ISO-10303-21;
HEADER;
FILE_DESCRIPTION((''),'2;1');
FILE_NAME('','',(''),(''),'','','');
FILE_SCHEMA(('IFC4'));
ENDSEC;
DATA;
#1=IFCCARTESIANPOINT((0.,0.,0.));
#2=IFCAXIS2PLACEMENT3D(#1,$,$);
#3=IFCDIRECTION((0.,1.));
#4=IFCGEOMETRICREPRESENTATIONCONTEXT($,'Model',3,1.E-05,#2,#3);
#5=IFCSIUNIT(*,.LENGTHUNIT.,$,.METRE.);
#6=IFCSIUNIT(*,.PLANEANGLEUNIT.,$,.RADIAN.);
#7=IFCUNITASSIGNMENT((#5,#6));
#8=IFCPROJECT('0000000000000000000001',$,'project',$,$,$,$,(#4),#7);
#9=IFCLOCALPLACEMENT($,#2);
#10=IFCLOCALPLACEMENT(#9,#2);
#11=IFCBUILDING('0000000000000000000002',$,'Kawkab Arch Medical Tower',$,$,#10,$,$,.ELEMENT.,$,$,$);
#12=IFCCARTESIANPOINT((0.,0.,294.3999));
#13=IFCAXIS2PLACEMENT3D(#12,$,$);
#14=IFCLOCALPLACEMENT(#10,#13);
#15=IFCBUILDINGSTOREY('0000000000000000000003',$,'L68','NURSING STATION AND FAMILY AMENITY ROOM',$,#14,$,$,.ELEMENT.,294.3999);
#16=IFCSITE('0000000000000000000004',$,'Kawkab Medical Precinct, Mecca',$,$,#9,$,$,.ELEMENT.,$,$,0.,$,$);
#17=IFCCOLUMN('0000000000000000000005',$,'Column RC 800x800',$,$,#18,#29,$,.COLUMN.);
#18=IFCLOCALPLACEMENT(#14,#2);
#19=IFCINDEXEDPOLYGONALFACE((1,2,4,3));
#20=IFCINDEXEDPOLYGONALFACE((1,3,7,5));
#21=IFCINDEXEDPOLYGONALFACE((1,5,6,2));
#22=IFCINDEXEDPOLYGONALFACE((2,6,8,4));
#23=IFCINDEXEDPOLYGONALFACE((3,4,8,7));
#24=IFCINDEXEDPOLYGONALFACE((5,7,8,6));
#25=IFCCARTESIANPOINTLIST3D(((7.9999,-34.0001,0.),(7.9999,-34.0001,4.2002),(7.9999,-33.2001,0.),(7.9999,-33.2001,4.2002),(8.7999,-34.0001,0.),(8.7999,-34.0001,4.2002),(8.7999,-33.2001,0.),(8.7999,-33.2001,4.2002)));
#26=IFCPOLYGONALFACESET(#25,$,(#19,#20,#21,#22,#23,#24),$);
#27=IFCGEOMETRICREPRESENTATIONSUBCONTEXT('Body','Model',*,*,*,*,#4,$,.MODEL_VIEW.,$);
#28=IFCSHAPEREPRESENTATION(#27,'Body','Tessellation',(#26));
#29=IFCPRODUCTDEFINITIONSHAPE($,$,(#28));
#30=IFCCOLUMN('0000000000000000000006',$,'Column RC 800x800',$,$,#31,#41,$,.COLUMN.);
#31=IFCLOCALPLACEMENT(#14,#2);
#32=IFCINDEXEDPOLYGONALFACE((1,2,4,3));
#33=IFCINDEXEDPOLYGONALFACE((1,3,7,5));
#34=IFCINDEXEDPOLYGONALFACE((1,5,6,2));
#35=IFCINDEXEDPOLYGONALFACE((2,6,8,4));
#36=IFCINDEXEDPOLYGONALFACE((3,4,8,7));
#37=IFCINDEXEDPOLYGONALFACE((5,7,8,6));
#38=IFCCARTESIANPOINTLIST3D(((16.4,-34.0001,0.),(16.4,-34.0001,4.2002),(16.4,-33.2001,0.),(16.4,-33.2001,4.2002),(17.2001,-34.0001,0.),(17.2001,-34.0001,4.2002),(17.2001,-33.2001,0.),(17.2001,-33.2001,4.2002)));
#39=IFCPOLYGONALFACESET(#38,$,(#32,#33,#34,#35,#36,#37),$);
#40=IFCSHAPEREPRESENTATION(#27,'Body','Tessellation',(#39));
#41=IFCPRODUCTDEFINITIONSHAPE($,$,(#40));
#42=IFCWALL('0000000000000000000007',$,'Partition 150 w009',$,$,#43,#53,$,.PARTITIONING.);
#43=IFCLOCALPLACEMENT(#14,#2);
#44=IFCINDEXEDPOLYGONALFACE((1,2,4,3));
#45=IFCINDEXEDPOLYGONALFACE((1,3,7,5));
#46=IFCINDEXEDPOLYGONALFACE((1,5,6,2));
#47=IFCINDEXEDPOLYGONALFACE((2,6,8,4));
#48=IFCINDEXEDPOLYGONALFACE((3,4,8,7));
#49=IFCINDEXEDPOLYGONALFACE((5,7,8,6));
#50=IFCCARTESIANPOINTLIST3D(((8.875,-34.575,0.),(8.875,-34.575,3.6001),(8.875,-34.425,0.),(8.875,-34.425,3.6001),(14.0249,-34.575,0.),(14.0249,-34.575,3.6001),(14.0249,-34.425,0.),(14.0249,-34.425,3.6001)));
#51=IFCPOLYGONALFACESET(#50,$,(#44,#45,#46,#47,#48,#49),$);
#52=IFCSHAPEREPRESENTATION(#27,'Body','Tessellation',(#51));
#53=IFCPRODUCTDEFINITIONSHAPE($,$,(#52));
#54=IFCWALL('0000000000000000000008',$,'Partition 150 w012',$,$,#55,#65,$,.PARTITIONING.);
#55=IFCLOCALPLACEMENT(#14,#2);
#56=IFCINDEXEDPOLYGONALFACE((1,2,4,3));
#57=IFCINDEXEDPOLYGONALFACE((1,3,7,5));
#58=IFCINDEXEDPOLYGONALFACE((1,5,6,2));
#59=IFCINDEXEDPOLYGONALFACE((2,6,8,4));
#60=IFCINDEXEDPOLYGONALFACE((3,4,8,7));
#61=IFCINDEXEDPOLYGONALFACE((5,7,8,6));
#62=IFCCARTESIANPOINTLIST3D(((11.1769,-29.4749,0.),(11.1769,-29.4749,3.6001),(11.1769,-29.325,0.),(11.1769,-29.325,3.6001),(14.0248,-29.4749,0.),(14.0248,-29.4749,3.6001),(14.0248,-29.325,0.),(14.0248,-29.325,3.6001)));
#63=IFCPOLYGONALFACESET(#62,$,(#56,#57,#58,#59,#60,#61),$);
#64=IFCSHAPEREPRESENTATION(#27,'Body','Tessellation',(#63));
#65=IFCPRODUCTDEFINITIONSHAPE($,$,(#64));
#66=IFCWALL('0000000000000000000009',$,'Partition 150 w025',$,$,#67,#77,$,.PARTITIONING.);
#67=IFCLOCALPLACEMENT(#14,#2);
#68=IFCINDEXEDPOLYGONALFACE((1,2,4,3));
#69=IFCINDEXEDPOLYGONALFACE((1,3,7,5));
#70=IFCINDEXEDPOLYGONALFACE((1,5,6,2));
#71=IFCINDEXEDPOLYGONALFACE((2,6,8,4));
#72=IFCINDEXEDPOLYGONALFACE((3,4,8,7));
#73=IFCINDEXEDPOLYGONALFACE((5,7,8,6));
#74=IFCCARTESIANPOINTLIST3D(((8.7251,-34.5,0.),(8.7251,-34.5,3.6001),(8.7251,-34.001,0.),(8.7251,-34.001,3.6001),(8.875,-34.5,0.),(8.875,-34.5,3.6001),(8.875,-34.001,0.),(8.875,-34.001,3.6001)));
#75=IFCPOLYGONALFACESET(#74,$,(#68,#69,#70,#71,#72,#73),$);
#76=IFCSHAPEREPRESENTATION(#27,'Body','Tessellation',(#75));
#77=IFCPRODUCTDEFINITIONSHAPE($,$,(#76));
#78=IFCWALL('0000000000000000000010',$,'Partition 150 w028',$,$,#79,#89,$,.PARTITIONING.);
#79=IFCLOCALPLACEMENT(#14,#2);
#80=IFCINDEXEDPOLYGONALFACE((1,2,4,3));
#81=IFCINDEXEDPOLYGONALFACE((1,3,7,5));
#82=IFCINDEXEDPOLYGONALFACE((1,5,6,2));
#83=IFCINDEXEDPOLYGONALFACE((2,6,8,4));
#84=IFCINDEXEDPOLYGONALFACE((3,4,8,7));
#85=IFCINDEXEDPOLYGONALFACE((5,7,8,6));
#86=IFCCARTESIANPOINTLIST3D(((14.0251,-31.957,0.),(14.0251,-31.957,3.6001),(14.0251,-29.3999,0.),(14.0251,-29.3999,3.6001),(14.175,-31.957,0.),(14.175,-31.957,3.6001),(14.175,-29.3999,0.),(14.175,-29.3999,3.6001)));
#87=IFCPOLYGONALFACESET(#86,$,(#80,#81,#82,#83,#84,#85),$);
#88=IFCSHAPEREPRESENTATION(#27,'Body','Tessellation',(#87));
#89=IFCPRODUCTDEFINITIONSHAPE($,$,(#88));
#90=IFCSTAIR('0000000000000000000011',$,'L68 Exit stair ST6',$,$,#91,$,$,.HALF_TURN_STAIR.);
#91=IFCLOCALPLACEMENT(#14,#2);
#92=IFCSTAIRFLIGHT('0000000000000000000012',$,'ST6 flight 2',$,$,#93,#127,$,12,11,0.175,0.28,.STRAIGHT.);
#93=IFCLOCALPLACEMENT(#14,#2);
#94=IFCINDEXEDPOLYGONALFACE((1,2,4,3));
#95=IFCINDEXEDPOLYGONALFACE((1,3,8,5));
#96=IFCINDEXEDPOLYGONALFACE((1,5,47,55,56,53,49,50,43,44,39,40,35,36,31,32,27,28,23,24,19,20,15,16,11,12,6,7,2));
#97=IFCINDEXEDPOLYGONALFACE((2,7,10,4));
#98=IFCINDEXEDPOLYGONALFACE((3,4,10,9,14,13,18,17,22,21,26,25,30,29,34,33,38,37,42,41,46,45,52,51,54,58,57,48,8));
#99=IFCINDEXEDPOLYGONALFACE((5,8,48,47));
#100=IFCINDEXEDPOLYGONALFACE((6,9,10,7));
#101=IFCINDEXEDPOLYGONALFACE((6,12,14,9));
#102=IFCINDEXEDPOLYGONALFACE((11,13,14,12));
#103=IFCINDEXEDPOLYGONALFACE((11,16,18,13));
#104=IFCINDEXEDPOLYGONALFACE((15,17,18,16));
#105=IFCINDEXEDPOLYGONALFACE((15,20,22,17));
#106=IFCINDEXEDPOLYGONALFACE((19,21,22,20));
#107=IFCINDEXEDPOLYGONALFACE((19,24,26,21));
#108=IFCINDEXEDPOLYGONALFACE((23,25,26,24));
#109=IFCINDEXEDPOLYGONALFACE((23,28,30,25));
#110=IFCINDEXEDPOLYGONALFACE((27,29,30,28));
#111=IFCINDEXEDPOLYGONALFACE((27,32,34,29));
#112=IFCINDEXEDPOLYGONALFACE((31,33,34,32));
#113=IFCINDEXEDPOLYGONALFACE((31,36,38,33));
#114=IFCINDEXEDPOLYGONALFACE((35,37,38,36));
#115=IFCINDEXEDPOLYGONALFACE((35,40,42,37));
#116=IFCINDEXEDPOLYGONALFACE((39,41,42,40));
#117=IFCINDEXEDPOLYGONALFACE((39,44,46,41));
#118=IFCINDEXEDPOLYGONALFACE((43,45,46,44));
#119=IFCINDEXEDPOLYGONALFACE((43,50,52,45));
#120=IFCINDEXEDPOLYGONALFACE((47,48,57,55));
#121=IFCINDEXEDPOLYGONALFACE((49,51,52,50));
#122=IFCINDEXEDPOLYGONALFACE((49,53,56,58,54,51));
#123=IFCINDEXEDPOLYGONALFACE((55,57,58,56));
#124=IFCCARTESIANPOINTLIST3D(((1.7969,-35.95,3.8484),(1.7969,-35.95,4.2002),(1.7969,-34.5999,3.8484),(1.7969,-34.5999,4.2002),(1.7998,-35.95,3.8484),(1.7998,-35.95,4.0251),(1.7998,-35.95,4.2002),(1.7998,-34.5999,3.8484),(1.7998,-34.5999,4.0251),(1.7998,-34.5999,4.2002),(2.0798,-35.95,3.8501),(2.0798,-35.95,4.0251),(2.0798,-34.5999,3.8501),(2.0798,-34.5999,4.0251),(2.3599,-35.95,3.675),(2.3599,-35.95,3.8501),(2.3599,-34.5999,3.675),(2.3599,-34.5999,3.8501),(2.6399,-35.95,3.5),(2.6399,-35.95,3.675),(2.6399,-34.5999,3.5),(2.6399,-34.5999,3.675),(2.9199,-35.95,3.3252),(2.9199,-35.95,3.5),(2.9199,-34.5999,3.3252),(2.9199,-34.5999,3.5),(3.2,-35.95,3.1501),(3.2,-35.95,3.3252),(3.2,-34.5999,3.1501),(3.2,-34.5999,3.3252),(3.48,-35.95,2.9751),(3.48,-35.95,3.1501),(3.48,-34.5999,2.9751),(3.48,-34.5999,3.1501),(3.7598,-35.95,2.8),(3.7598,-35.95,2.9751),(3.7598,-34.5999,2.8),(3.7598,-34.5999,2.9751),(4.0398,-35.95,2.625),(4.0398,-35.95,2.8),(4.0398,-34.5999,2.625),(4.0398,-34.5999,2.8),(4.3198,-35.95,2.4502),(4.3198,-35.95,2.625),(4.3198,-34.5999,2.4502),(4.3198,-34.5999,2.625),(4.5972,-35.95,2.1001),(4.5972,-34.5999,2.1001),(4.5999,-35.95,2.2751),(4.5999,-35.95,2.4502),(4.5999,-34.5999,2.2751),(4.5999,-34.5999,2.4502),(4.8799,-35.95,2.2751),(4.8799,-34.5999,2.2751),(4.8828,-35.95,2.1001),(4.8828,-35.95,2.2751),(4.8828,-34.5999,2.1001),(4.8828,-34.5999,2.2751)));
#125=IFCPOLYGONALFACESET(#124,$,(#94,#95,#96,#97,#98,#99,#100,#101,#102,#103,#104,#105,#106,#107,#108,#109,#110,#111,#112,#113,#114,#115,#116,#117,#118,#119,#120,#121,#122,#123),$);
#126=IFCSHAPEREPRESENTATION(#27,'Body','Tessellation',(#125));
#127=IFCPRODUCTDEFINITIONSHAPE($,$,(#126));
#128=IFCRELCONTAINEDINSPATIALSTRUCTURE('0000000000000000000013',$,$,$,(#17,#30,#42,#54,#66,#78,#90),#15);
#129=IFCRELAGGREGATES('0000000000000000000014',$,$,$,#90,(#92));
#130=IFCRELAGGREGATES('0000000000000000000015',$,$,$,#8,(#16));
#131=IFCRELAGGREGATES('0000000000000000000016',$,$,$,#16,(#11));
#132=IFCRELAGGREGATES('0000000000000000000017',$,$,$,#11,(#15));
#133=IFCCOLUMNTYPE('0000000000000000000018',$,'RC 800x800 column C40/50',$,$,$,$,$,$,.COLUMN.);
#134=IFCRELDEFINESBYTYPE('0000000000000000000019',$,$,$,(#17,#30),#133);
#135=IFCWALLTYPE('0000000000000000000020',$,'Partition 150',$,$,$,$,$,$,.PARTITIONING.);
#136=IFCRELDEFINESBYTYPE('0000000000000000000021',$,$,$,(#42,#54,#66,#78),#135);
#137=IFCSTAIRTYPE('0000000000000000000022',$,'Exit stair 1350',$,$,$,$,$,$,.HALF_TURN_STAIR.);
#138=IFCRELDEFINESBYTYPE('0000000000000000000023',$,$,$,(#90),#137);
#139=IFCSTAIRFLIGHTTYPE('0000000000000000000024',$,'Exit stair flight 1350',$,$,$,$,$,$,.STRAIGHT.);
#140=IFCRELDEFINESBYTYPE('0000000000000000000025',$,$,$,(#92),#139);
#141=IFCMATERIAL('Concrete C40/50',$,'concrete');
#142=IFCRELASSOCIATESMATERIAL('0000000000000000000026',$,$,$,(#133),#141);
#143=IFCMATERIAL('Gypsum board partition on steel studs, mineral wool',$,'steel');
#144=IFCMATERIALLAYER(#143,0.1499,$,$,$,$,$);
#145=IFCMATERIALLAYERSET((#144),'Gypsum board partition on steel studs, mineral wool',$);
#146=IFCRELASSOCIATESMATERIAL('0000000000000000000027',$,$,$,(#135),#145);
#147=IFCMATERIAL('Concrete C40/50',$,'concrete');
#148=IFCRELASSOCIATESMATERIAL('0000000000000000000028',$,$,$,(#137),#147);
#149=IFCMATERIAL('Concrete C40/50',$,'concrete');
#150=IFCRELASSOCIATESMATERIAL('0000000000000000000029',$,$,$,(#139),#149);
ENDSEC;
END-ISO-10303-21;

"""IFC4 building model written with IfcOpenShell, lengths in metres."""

from ifc_helpers import new_model, si_unit, direction, frame, frame_2d, origin, origin_2d, place, context, subcontext, project, spatial, polyline, rectangle, outline, extrude, material, layer, layer_set, material_profile, profile_set, type_object, element, aggregate, save


model = new_model("IFC4")

# Units and contexts
model_context = context("Model", 3, precision=1e-05, world=origin(), true_north=direction((0.0, 1.0)))
body_context = subcontext(model_context, "Body", "Model", "MODEL_VIEW")
ifc_project = project(units=[si_unit("LENGTHUNIT", "METRE"), si_unit("PLANEANGLEUNIT", "RADIAN")], contexts=[model_context])

# Site, building, storey
site_placement = place(None, origin())
site = spatial("IfcSite", under=ifc_project, at=site_placement, Name="Kawkab Medical Precinct, Mecca", CompositionType="ELEMENT", RefElevation=0.0)
building_placement = place(site_placement, origin())
building = spatial("IfcBuilding", under=site, at=building_placement, Name="Kawkab Arch Medical Tower", CompositionType="ELEMENT")
storey_placement = place(building_placement, frame((0.0, 0.0, 294.3999)))
storey = spatial("IfcBuildingStorey", under=building, at=storey_placement, Name="L68", Description="NURSING STATION AND FAMILY AMENITY ROOM", CompositionType="ELEMENT", Elevation=294.3999)

# Columns
ifc_material_1 = material(Name="Concrete C40/50", Category="concrete")
ifc_material_profile = material_profile(ifc_material_1, rectangle(XDim=0.8, YDim=0.8, at=origin_2d()), Name="RC 800x800")
ifc_profile_set = profile_set([ifc_material_profile], Name="Concrete C40/50")
column_type = type_object("IfcColumnType", Name="RC 800x800 column C40/50", PredefinedType="COLUMN", material=ifc_profile_set)
for number, where, z_axis, x_axis, name in (
    (1, (8.3999, -33.6001, 0.0), (0.0, 0.0, 1.0), (1.0, 0.0, 0.0), "Column RC 800x800"),
    (2, (16.8, -33.6001, 0.0), (0.0, 0.0, 1.0), (1.0, 0.0, 0.0), "Column RC 800x800"),
):
    element("IfcColumn", number, at=place(storey_placement, frame(where, z_axis=z_axis, x_axis=x_axis)), inside=storey, type_object=column_type, Name=name, PredefinedType="COLUMN", context=body_context, shape_type="SweptSolid", body=[
        extrude(rectangle(XDim=0.8, YDim=0.8, at=origin_2d()), origin(), (0.0, 0.0, 1.0), 4.2002),
    ])

# Walls
ifc_material_2 = material(Name="Gypsum board partition on steel studs, mineral wool", Category="steel")
ifc_layer = layer(ifc_material_2, 0.1499)
ifc_layer_set = layer_set([ifc_layer], Name="Gypsum board partition on steel studs, mineral wool")
wall_type = type_object("IfcWallType", Name="Partition 150", PredefinedType="PARTITIONING", material=ifc_layer_set)
wall_1_placement = place(storey_placement, frame((8.875, -34.5, 0.0), z_axis=(0.0, 0.0, 1.0), x_axis=(1.0, 0.0, 0.0)))
element("IfcWall", 3, at=wall_1_placement, inside=storey, type_object=wall_type, Name="Partition 150 w009", PredefinedType="PARTITIONING", context=body_context, shape_type="SweptSolid", body=[
    extrude(rectangle(XDim=5.1499, YDim=0.1499, at=frame_2d((2.575, 0.0))), origin(), (0.0, 0.0, 1.0), 3.6001),
])
wall_2_placement = place(storey_placement, frame((11.177, -29.3999, 0.0), z_axis=(0.0, 0.0, 1.0), x_axis=(1.0, 0.0, 0.0)))
element("IfcWall", 4, at=wall_2_placement, inside=storey, type_object=wall_type, Name="Partition 150 w012", PredefinedType="PARTITIONING", context=body_context, shape_type="SweptSolid", body=[
    extrude(rectangle(XDim=2.8479, YDim=0.1499, at=frame_2d((1.4238, 0.0))), origin(), (0.0, 0.0, 1.0), 3.6001),
])
wall_3_placement = place(storey_placement, frame((8.8, -34.5, 0.0), z_axis=(0.0, 0.0, 1.0), x_axis=(0.0, 1.0, 0.0)))
element("IfcWall", 5, at=wall_3_placement, inside=storey, type_object=wall_type, Name="Partition 150 w025", PredefinedType="PARTITIONING", context=body_context, shape_type="SweptSolid", body=[
    extrude(rectangle(XDim=0.499, YDim=0.1499, at=frame_2d((0.2495, 0.0))), origin(), (0.0, 0.0, 1.0), 3.6001),
])
wall_4_placement = place(storey_placement, frame((14.1001, -31.957, 0.0), z_axis=(0.0, 0.0, 1.0), x_axis=(0.0, 1.0, 0.0)))
element("IfcWall", 6, at=wall_4_placement, inside=storey, type_object=wall_type, Name="Partition 150 w028", PredefinedType="PARTITIONING", context=body_context, shape_type="SweptSolid", body=[
    extrude(rectangle(XDim=2.5571, YDim=0.1499, at=frame_2d((1.2786, 0.0))), origin(), (0.0, 0.0, 1.0), 3.6001),
])

# Stair, stair flight
ifc_material_3 = material(Name="Concrete C40/50", Category="concrete")
stair_type = type_object("IfcStairType", Name="Exit stair 1350", PredefinedType="HALF_TURN_STAIR", material=ifc_material_3)
stair_placement = place(storey_placement, origin())
stair = element("IfcStair", 7, at=stair_placement, inside=storey, type_object=stair_type, Name="L68 Exit stair ST6", PredefinedType="HALF_TURN_STAIR")
ifc_material_4 = material(Name="Concrete C40/50", Category="concrete")
stair_flight_type = type_object("IfcStairFlightType", Name="Exit stair flight 1350", PredefinedType="STRAIGHT", material=ifc_material_4)
stair_flight_placement = place(storey_placement, frame((4.8799, -35.2749, 2.1001), z_axis=(0.0, 0.0, 1.0), x_axis=(-1.0, 0.0, 0.0)))
stair_flight = element("IfcStairFlight", 8, at=stair_flight_placement, type_object=stair_flight_type, Name="ST6 flight 2", NumberOfRisers=12, NumberOfTreads=11, PredefinedType="STRAIGHT", RiserHeight=0.175, TreadLength=0.28, context=body_context, shape_type="SweptSolid", body=[
    extrude(outline(polyline([(-0.0029, 0.0), (-0.0029, 0.175), (0.0, 0.175), (0.28, 0.175), (0.28, 0.3501), (0.5601, 0.3501), (0.5601, 0.5249), (0.8401, 0.5249), (0.8401, 0.7), (1.1201, 0.7), (1.1201, 0.875), (1.3999, 0.875), (1.3999, 1.05), (1.6799, 1.05), (1.6799, 1.2251), (1.96, 1.2251), (1.96, 1.3999), (2.24, 1.3999), (2.24, 1.575), (2.52, 1.575), (2.52, 1.75), (2.8, 1.75), (2.8, 1.925), (3.0801, 1.925), (3.0801, 2.1001), (3.083, 2.1001), (3.083, 1.7483), (3.0801, 1.7483), (0.2827, 0.0), (-0.0029, 0.0)])), frame((0.0, 0.675, 0.0), z_axis=(0.0, -1.0, 0.0), x_axis=(1.0, 0.0, 0.0)), (0.0, 0.0, 1.0), 1.3501),
])
aggregate(stair, [stair_flight])

save(model, "model.ifc")
